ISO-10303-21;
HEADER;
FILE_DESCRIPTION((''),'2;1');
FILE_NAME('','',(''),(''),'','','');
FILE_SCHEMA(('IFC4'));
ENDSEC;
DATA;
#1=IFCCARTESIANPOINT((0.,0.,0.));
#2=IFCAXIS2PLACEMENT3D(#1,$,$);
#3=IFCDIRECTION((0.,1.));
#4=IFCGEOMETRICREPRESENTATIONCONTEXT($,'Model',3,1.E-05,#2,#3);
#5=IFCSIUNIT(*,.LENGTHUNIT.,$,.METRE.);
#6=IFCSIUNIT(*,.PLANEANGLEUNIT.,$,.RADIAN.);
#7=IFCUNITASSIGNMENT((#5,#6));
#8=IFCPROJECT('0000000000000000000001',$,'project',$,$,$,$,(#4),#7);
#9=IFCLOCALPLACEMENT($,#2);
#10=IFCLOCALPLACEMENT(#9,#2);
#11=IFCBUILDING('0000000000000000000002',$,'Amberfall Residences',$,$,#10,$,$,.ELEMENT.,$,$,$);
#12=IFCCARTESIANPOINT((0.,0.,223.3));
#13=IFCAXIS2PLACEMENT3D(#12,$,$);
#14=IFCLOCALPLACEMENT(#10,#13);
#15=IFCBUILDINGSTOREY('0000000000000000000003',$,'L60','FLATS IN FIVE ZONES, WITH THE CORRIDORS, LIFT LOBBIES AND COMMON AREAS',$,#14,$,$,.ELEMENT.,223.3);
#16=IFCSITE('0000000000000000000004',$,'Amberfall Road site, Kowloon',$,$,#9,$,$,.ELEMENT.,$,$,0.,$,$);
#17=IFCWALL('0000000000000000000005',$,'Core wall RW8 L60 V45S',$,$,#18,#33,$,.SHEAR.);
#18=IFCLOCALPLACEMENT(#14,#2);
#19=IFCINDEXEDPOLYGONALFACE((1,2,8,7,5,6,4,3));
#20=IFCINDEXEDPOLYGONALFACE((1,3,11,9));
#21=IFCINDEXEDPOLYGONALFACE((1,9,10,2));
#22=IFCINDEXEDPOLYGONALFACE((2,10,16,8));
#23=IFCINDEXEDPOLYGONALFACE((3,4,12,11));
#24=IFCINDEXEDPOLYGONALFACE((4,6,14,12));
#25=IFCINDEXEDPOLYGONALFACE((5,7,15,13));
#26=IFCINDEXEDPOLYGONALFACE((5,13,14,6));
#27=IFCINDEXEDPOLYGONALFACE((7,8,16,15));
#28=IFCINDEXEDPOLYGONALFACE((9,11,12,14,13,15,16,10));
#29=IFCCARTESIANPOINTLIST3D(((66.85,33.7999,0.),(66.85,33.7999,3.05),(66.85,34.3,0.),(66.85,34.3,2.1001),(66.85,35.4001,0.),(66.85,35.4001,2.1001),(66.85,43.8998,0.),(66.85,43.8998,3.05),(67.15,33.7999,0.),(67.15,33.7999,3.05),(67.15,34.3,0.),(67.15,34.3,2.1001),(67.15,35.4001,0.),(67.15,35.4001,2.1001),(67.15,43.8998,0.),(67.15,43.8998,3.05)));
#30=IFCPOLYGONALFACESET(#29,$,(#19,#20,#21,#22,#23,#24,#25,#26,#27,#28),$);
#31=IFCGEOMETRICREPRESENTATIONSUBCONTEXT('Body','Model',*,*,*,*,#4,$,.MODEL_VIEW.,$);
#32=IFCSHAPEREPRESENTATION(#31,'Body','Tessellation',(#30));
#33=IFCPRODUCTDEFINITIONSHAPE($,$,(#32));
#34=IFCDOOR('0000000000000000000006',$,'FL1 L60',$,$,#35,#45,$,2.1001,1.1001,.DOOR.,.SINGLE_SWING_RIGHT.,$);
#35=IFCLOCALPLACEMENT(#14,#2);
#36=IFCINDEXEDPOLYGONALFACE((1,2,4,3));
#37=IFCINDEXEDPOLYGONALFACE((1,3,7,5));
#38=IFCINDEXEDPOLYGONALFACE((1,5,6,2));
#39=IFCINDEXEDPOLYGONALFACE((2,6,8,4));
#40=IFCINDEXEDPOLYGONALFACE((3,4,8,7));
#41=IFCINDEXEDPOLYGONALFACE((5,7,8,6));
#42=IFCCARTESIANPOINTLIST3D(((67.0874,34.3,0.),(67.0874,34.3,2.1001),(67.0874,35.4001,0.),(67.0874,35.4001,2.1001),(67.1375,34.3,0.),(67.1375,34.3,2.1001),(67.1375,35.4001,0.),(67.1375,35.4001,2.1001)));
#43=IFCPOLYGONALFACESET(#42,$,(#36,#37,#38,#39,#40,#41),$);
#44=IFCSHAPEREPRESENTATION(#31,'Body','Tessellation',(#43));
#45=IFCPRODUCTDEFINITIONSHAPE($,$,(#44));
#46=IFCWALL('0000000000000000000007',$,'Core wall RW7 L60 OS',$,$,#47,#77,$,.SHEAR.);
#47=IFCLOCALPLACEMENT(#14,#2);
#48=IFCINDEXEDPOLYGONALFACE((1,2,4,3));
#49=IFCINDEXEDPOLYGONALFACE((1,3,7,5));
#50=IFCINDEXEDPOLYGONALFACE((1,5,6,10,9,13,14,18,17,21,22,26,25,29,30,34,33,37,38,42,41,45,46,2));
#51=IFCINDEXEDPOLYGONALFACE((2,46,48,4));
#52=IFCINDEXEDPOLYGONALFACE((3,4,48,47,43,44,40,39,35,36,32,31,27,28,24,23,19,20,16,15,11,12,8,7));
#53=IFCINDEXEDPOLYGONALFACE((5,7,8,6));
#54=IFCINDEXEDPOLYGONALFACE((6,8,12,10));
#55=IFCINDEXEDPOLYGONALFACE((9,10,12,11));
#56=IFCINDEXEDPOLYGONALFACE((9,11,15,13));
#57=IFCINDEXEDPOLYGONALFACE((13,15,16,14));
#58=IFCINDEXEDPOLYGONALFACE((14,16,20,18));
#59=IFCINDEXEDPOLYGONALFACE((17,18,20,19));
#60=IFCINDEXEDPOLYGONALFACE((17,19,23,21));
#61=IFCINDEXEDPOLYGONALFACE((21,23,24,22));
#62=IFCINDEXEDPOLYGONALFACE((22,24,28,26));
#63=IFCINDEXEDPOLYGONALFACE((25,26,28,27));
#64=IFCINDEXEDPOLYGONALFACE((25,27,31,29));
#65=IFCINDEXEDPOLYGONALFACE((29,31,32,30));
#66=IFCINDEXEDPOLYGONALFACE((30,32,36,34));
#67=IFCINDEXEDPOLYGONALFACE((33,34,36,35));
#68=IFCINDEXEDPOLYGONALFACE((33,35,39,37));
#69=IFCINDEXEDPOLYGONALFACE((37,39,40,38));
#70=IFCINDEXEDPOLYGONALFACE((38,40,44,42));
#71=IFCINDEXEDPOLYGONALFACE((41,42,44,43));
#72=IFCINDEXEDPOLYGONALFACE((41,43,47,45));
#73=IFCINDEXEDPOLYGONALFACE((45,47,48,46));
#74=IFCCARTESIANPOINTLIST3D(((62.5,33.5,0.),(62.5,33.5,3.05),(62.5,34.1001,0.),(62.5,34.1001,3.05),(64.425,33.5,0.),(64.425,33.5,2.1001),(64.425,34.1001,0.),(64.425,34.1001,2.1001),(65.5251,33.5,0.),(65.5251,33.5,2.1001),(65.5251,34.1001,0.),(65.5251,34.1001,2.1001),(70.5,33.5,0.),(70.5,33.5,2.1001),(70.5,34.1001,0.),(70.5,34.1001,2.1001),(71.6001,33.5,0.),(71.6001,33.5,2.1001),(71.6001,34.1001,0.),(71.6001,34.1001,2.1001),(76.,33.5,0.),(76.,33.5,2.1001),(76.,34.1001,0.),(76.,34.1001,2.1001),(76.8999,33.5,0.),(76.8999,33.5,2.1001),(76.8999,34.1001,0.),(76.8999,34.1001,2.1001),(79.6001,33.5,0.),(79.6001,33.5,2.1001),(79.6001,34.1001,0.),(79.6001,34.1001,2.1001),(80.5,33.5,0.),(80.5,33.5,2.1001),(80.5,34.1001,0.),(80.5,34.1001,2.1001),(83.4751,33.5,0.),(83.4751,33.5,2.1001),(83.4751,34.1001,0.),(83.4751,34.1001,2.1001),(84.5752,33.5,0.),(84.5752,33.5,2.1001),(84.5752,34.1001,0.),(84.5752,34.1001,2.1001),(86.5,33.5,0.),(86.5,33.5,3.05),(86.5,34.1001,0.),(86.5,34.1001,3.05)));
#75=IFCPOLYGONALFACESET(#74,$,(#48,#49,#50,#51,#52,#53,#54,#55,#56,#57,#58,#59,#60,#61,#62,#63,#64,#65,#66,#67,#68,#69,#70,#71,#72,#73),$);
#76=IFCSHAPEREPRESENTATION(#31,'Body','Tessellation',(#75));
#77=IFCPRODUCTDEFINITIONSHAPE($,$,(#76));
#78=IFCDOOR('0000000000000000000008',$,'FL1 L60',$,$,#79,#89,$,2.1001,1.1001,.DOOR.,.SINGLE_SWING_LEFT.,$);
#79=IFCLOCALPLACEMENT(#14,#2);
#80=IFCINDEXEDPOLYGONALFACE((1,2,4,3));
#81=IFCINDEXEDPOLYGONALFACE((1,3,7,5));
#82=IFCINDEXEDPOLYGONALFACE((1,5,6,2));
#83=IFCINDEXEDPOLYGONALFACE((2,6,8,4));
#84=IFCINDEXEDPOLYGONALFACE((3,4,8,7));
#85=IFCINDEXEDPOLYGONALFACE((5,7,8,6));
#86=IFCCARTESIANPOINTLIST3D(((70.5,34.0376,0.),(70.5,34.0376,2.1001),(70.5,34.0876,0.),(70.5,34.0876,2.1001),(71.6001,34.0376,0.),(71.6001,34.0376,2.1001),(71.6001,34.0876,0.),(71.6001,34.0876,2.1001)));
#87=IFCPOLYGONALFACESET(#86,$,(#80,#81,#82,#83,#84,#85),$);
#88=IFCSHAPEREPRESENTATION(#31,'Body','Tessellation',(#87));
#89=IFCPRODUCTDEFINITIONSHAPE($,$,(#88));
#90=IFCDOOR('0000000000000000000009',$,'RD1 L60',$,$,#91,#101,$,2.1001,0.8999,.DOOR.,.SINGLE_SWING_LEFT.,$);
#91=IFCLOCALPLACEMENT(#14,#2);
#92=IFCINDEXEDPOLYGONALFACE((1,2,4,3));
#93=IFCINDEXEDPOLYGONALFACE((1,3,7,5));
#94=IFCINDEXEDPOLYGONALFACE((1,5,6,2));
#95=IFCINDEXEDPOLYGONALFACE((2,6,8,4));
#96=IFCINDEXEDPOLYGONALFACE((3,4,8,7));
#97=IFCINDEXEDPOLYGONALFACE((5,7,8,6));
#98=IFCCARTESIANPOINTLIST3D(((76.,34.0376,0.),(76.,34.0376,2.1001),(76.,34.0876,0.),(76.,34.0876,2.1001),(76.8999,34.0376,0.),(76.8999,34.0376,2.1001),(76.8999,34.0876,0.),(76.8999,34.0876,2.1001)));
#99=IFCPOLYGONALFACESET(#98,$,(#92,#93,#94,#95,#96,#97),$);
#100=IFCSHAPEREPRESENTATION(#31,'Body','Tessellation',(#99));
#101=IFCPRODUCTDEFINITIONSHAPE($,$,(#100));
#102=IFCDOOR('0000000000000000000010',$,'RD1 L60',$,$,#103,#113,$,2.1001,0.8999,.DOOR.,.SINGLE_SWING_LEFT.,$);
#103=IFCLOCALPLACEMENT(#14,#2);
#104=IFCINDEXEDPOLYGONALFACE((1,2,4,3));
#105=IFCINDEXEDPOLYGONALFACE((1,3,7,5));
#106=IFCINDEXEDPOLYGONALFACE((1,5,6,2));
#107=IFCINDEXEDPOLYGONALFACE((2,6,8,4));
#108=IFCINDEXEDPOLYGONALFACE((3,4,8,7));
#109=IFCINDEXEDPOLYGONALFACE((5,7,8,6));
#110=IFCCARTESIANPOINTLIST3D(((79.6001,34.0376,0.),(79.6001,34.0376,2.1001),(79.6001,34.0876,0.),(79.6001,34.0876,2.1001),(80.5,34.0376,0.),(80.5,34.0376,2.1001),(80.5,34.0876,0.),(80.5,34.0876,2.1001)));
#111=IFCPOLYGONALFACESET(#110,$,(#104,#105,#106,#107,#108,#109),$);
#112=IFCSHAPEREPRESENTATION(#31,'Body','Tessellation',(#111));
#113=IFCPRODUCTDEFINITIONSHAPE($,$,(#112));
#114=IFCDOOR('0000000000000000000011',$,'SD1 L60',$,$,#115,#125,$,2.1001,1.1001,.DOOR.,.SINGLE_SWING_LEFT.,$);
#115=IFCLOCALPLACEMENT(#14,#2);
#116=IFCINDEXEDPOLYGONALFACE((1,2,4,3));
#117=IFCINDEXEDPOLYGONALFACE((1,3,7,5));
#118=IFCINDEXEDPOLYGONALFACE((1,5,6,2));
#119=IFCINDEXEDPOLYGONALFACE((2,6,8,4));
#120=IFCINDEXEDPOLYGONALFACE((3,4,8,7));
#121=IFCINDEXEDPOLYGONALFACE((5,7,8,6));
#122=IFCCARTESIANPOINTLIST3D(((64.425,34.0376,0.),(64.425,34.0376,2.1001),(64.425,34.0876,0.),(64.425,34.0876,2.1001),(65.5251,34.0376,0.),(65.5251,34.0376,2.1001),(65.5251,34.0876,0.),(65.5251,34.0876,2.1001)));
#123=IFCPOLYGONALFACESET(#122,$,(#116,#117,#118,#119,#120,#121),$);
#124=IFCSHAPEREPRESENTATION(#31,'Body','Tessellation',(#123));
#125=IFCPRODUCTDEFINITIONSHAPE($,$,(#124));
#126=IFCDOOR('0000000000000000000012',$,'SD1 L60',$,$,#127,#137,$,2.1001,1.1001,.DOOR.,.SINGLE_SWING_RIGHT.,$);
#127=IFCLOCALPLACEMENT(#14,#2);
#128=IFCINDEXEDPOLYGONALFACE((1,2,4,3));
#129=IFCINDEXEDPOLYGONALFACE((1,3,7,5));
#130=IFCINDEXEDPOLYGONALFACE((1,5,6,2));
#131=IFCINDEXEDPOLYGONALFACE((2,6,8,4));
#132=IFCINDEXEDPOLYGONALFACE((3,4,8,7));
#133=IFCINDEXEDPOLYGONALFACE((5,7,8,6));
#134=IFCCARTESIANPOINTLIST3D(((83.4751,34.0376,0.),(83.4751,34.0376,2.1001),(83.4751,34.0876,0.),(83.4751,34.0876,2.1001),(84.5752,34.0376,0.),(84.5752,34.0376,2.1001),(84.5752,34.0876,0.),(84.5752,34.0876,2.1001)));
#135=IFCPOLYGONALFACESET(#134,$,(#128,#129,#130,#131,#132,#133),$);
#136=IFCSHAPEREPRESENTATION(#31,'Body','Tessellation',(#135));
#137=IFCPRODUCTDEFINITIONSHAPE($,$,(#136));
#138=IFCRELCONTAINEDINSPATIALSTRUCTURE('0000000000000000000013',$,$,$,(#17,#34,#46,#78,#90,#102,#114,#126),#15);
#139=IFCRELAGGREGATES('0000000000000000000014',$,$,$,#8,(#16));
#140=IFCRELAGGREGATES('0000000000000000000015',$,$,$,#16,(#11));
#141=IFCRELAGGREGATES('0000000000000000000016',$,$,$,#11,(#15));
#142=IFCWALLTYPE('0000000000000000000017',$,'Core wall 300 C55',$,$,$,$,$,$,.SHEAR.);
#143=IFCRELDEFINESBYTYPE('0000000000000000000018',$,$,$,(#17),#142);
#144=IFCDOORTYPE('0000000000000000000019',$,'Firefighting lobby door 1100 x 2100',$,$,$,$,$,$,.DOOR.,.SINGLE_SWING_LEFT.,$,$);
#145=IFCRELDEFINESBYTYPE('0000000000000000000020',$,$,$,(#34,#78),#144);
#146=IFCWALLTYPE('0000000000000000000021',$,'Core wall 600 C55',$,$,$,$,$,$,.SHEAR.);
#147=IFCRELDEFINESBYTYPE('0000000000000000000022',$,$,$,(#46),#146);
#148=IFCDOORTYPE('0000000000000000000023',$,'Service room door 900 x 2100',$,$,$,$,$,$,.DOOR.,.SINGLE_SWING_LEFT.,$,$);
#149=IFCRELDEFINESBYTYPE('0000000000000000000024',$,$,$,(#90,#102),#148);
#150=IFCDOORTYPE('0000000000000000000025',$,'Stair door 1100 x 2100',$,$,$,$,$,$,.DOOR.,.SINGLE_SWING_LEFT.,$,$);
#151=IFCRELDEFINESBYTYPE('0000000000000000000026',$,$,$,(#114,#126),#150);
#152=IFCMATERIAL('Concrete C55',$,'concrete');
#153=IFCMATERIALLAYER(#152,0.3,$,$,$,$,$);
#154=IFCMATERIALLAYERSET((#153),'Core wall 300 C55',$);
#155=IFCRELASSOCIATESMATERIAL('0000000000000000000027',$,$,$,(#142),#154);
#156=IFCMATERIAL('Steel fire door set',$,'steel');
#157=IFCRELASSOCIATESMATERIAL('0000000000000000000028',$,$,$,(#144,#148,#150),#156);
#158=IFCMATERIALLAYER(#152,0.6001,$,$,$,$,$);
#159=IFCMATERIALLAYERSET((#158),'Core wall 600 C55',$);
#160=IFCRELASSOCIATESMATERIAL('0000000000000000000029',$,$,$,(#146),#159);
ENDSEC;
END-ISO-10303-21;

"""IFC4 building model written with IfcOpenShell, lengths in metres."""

from ifc_helpers import new_model, si_unit, direction, frame, frame_2d, origin, place, context, subcontext, project, spatial, rectangle, extrude, material, layer, layer_set, type_object, element, fill, save


model = new_model("IFC4")

# Units and contexts
model_context = context("Model", 3, precision=1e-05, world=origin(), true_north=direction((0.0, 1.0)))
body_context = subcontext(model_context, "Body", "Model", "MODEL_VIEW")
ifc_project = project(units=[si_unit("LENGTHUNIT", "METRE"), si_unit("PLANEANGLEUNIT", "RADIAN")], contexts=[model_context])

# Site, building, storey
site_placement = place(None, origin())
site = spatial("IfcSite", under=ifc_project, at=site_placement, Name="Amberfall Road site, Kowloon", CompositionType="ELEMENT", RefElevation=0.0)
building_placement = place(site_placement, origin())
building = spatial("IfcBuilding", under=site, at=building_placement, Name="Amberfall Residences", CompositionType="ELEMENT")
storey_placement = place(building_placement, frame((0.0, 0.0, 223.3)))
storey = spatial("IfcBuildingStorey", under=building, at=storey_placement, Name="L60", Description="FLATS IN FIVE ZONES, WITH THE CORRIDORS, LIFT LOBBIES AND COMMON AREAS", CompositionType="ELEMENT", Elevation=223.3)

# Wall, opening, door
ifc_material_1 = material(Name="Concrete C55", Category="concrete")
ifc_layer_1 = layer(ifc_material_1, 0.3)
ifc_layer_set_1 = layer_set([ifc_layer_1], Name="Core wall 300 C55")
wall_type_1 = type_object("IfcWallType", Name="Core wall 300 C55", PredefinedType="SHEAR", material=ifc_layer_set_1)
wall_1_placement = place(storey_placement, frame((67.0, 33.8, 0.0), z_axis=(0.0, 0.0, 1.0), x_axis=(0.0, 1.0, 0.0)))
wall_1 = element("IfcWall", 1, at=wall_1_placement, inside=storey, type_object=wall_type_1, Name="Core wall RW8 L60 V45S", PredefinedType="SHEAR", context=body_context, shape_type="SweptSolid", body=[
    extrude(rectangle(XDim=10.0999, YDim=0.3, at=frame_2d((5.0498, 0.0))), origin(), (0.0, 0.0, 1.0), 3.05),
])
opening_1_placement = place(wall_1_placement, frame((0.5, 0.0, 0.0)))
opening_1 = element("IfcOpeningElement", 2, at=opening_1_placement, cuts=wall_1, PredefinedType="OPENING", context=body_context, shape_type="SweptSolid", body=[
    extrude(rectangle(XDim=1.1001, YDim=2.1001, at=frame_2d((0.55, 1.05))), frame((0.0, 0.1599, 0.0), z_axis=(0.0, -1.0, 0.0), x_axis=(1.0, 0.0, 0.0)), (0.0, 0.0, 1.0), 0.3201),
])
ifc_material_2 = material(Name="Steel fire door set", Category="steel")
door_type_1 = type_object("IfcDoorType", Name="Firefighting lobby door 1100 x 2100", OperationType="SINGLE_SWING_LEFT", PredefinedType="DOOR", material=ifc_material_2)
door_1_placement = place(opening_1_placement, origin())
door_1 = element("IfcDoor", 3, at=door_1_placement, inside=storey, type_object=door_type_1, Name="FL1 L60", OperationType="SINGLE_SWING_RIGHT", OverallHeight=2.1001, OverallWidth=1.1001, PredefinedType="DOOR", context=body_context, shape_type="SweptSolid", body=[
    extrude(rectangle(XDim=1.1001, YDim=2.1001, at=frame_2d((0.55, 1.05))), frame((0.0, -0.0874, 0.0), z_axis=(0.0, -1.0, 0.0), x_axis=(1.0, 0.0, 0.0)), (0.0, 0.0, 1.0), 0.05),
])
fill(opening_1, door_1)

# Wall, openings, doors
ifc_layer_2 = layer(ifc_material_1, 0.6001)
ifc_layer_set_2 = layer_set([ifc_layer_2], Name="Core wall 600 C55")
wall_type_2 = type_object("IfcWallType", Name="Core wall 600 C55", PredefinedType="SHEAR", material=ifc_layer_set_2)
wall_2_placement = place(storey_placement, frame((62.5, 33.8, 0.0), z_axis=(0.0, 0.0, 1.0), x_axis=(1.0, 0.0, 0.0)))
wall_2 = element("IfcWall", 4, at=wall_2_placement, inside=storey, type_object=wall_type_2, Name="Core wall RW7 L60 OS", PredefinedType="SHEAR", context=body_context, shape_type="SweptSolid", body=[
    extrude(rectangle(XDim=24.0, YDim=0.6001, at=frame_2d((12.0, 0.0))), origin(), (0.0, 0.0, 1.0), 3.05),
])
opening_2_placement = place(wall_2_placement, frame((1.925, 0.0, 0.0)))
opening_2 = element("IfcOpeningElement", 5, at=opening_2_placement, cuts=wall_2, PredefinedType="OPENING", context=body_context, shape_type="SweptSolid", body=[
    extrude(rectangle(XDim=1.1001, YDim=2.1001, at=frame_2d((0.55, 1.05))), frame((0.0, 0.3101, 0.0), z_axis=(0.0, -1.0, 0.0), x_axis=(1.0, 0.0, 0.0)), (0.0, 0.0, 1.0), 0.6201),
])
opening_3_placement = place(wall_2_placement, frame((20.9751, 0.0, 0.0)))
opening_3 = element("IfcOpeningElement", 6, at=opening_3_placement, cuts=wall_2, PredefinedType="OPENING", context=body_context, shape_type="SweptSolid", body=[
    extrude(rectangle(XDim=1.1001, YDim=2.1001, at=frame_2d((0.55, 1.05))), frame((0.0, 0.3101, 0.0), z_axis=(0.0, -1.0, 0.0), x_axis=(1.0, 0.0, 0.0)), (0.0, 0.0, 1.0), 0.6201),
])
opening_4_placement = place(wall_2_placement, frame((8.0, 0.0, 0.0)))
opening_4 = element("IfcOpeningElement", 7, at=opening_4_placement, cuts=wall_2, PredefinedType="OPENING", context=body_context, shape_type="SweptSolid", body=[
    extrude(rectangle(XDim=1.1001, YDim=2.1001, at=frame_2d((0.55, 1.05))), frame((0.0, 0.3101, 0.0), z_axis=(0.0, -1.0, 0.0), x_axis=(1.0, 0.0, 0.0)), (0.0, 0.0, 1.0), 0.6201),
])
opening_5_placement = place(wall_2_placement, frame((13.5, 0.0, 0.0)))
opening_5 = element("IfcOpeningElement", 8, at=opening_5_placement, cuts=wall_2, PredefinedType="OPENING", context=body_context, shape_type="SweptSolid", body=[
    extrude(rectangle(XDim=0.8999, YDim=2.1001, at=frame_2d((0.45, 1.05))), frame((0.0, 0.3101, 0.0), z_axis=(0.0, -1.0, 0.0), x_axis=(1.0, 0.0, 0.0)), (0.0, 0.0, 1.0), 0.6201),
])
opening_6_placement = place(wall_2_placement, frame((17.1001, 0.0, 0.0)))
opening_6 = element("IfcOpeningElement", 9, at=opening_6_placement, cuts=wall_2, PredefinedType="OPENING", context=body_context, shape_type="SweptSolid", body=[
    extrude(rectangle(XDim=0.8999, YDim=2.1001, at=frame_2d((0.45, 1.05))), frame((0.0, 0.3101, 0.0), z_axis=(0.0, -1.0, 0.0), x_axis=(1.0, 0.0, 0.0)), (0.0, 0.0, 1.0), 0.6201),
])
door_2_placement = place(opening_4_placement, origin())
door_2 = element("IfcDoor", 10, at=door_2_placement, inside=storey, type_object=door_type_1, Name="FL1 L60", OperationType="SINGLE_SWING_LEFT", OverallHeight=2.1001, OverallWidth=1.1001, PredefinedType="DOOR", context=body_context, shape_type="SweptSolid", body=[
    extrude(rectangle(XDim=1.1001, YDim=2.1001, at=frame_2d((0.55, 1.05))), frame((0.0, 0.2876, 0.0), z_axis=(0.0, -1.0, 0.0), x_axis=(1.0, 0.0, 0.0)), (0.0, 0.0, 1.0), 0.05),
])
fill(opening_4, door_2)
door_type_2 = type_object("IfcDoorType", Name="Service room door 900 x 2100", OperationType="SINGLE_SWING_LEFT", PredefinedType="DOOR", material=ifc_material_2)
door_3_placement = place(opening_5_placement, origin())
door_3 = element("IfcDoor", 11, at=door_3_placement, inside=storey, type_object=door_type_2, Name="RD1 L60", OperationType="SINGLE_SWING_LEFT", OverallHeight=2.1001, OverallWidth=0.8999, PredefinedType="DOOR", context=body_context, shape_type="SweptSolid", body=[
    extrude(rectangle(XDim=0.8999, YDim=2.1001, at=frame_2d((0.45, 1.05))), frame((0.0, 0.2876, 0.0), z_axis=(0.0, -1.0, 0.0), x_axis=(1.0, 0.0, 0.0)), (0.0, 0.0, 1.0), 0.05),
])
fill(opening_5, door_3)
door_4_placement = place(opening_6_placement, origin())
door_4 = element("IfcDoor", 12, at=door_4_placement, inside=storey, type_object=door_type_2, Name="RD1 L60", OperationType="SINGLE_SWING_LEFT", OverallHeight=2.1001, OverallWidth=0.8999, PredefinedType="DOOR", context=body_context, shape_type="SweptSolid", body=[
    extrude(rectangle(XDim=0.8999, YDim=2.1001, at=frame_2d((0.45, 1.05))), frame((0.0, 0.2876, 0.0), z_axis=(0.0, -1.0, 0.0), x_axis=(1.0, 0.0, 0.0)), (0.0, 0.0, 1.0), 0.05),
])
fill(opening_6, door_4)
door_type_3 = type_object("IfcDoorType", Name="Stair door 1100 x 2100", OperationType="SINGLE_SWING_LEFT", PredefinedType="DOOR", material=ifc_material_2)
door_5_placement = place(opening_2_placement, origin())
door_5 = element("IfcDoor", 13, at=door_5_placement, inside=storey, type_object=door_type_3, Name="SD1 L60", OperationType="SINGLE_SWING_LEFT", OverallHeight=2.1001, OverallWidth=1.1001, PredefinedType="DOOR", context=body_context, shape_type="SweptSolid", body=[
    extrude(rectangle(XDim=1.1001, YDim=2.1001, at=frame_2d((0.55, 1.05))), frame((0.0, 0.2876, 0.0), z_axis=(0.0, -1.0, 0.0), x_axis=(1.0, 0.0, 0.0)), (0.0, 0.0, 1.0), 0.05),
])
fill(opening_2, door_5)
door_6_placement = place(opening_3_placement, origin())
door_6 = element("IfcDoor", 14, at=door_6_placement, inside=storey, type_object=door_type_3, Name="SD1 L60", OperationType="SINGLE_SWING_RIGHT", OverallHeight=2.1001, OverallWidth=1.1001, PredefinedType="DOOR", context=body_context, shape_type="SweptSolid", body=[
    extrude(rectangle(XDim=1.1001, YDim=2.1001, at=frame_2d((0.55, 1.05))), frame((0.0, 0.2876, 0.0), z_axis=(0.0, -1.0, 0.0), x_axis=(1.0, 0.0, 0.0)), (0.0, 0.0, 1.0), 0.05),
])
fill(opening_3, door_6)

save(model, "model.ifc")
